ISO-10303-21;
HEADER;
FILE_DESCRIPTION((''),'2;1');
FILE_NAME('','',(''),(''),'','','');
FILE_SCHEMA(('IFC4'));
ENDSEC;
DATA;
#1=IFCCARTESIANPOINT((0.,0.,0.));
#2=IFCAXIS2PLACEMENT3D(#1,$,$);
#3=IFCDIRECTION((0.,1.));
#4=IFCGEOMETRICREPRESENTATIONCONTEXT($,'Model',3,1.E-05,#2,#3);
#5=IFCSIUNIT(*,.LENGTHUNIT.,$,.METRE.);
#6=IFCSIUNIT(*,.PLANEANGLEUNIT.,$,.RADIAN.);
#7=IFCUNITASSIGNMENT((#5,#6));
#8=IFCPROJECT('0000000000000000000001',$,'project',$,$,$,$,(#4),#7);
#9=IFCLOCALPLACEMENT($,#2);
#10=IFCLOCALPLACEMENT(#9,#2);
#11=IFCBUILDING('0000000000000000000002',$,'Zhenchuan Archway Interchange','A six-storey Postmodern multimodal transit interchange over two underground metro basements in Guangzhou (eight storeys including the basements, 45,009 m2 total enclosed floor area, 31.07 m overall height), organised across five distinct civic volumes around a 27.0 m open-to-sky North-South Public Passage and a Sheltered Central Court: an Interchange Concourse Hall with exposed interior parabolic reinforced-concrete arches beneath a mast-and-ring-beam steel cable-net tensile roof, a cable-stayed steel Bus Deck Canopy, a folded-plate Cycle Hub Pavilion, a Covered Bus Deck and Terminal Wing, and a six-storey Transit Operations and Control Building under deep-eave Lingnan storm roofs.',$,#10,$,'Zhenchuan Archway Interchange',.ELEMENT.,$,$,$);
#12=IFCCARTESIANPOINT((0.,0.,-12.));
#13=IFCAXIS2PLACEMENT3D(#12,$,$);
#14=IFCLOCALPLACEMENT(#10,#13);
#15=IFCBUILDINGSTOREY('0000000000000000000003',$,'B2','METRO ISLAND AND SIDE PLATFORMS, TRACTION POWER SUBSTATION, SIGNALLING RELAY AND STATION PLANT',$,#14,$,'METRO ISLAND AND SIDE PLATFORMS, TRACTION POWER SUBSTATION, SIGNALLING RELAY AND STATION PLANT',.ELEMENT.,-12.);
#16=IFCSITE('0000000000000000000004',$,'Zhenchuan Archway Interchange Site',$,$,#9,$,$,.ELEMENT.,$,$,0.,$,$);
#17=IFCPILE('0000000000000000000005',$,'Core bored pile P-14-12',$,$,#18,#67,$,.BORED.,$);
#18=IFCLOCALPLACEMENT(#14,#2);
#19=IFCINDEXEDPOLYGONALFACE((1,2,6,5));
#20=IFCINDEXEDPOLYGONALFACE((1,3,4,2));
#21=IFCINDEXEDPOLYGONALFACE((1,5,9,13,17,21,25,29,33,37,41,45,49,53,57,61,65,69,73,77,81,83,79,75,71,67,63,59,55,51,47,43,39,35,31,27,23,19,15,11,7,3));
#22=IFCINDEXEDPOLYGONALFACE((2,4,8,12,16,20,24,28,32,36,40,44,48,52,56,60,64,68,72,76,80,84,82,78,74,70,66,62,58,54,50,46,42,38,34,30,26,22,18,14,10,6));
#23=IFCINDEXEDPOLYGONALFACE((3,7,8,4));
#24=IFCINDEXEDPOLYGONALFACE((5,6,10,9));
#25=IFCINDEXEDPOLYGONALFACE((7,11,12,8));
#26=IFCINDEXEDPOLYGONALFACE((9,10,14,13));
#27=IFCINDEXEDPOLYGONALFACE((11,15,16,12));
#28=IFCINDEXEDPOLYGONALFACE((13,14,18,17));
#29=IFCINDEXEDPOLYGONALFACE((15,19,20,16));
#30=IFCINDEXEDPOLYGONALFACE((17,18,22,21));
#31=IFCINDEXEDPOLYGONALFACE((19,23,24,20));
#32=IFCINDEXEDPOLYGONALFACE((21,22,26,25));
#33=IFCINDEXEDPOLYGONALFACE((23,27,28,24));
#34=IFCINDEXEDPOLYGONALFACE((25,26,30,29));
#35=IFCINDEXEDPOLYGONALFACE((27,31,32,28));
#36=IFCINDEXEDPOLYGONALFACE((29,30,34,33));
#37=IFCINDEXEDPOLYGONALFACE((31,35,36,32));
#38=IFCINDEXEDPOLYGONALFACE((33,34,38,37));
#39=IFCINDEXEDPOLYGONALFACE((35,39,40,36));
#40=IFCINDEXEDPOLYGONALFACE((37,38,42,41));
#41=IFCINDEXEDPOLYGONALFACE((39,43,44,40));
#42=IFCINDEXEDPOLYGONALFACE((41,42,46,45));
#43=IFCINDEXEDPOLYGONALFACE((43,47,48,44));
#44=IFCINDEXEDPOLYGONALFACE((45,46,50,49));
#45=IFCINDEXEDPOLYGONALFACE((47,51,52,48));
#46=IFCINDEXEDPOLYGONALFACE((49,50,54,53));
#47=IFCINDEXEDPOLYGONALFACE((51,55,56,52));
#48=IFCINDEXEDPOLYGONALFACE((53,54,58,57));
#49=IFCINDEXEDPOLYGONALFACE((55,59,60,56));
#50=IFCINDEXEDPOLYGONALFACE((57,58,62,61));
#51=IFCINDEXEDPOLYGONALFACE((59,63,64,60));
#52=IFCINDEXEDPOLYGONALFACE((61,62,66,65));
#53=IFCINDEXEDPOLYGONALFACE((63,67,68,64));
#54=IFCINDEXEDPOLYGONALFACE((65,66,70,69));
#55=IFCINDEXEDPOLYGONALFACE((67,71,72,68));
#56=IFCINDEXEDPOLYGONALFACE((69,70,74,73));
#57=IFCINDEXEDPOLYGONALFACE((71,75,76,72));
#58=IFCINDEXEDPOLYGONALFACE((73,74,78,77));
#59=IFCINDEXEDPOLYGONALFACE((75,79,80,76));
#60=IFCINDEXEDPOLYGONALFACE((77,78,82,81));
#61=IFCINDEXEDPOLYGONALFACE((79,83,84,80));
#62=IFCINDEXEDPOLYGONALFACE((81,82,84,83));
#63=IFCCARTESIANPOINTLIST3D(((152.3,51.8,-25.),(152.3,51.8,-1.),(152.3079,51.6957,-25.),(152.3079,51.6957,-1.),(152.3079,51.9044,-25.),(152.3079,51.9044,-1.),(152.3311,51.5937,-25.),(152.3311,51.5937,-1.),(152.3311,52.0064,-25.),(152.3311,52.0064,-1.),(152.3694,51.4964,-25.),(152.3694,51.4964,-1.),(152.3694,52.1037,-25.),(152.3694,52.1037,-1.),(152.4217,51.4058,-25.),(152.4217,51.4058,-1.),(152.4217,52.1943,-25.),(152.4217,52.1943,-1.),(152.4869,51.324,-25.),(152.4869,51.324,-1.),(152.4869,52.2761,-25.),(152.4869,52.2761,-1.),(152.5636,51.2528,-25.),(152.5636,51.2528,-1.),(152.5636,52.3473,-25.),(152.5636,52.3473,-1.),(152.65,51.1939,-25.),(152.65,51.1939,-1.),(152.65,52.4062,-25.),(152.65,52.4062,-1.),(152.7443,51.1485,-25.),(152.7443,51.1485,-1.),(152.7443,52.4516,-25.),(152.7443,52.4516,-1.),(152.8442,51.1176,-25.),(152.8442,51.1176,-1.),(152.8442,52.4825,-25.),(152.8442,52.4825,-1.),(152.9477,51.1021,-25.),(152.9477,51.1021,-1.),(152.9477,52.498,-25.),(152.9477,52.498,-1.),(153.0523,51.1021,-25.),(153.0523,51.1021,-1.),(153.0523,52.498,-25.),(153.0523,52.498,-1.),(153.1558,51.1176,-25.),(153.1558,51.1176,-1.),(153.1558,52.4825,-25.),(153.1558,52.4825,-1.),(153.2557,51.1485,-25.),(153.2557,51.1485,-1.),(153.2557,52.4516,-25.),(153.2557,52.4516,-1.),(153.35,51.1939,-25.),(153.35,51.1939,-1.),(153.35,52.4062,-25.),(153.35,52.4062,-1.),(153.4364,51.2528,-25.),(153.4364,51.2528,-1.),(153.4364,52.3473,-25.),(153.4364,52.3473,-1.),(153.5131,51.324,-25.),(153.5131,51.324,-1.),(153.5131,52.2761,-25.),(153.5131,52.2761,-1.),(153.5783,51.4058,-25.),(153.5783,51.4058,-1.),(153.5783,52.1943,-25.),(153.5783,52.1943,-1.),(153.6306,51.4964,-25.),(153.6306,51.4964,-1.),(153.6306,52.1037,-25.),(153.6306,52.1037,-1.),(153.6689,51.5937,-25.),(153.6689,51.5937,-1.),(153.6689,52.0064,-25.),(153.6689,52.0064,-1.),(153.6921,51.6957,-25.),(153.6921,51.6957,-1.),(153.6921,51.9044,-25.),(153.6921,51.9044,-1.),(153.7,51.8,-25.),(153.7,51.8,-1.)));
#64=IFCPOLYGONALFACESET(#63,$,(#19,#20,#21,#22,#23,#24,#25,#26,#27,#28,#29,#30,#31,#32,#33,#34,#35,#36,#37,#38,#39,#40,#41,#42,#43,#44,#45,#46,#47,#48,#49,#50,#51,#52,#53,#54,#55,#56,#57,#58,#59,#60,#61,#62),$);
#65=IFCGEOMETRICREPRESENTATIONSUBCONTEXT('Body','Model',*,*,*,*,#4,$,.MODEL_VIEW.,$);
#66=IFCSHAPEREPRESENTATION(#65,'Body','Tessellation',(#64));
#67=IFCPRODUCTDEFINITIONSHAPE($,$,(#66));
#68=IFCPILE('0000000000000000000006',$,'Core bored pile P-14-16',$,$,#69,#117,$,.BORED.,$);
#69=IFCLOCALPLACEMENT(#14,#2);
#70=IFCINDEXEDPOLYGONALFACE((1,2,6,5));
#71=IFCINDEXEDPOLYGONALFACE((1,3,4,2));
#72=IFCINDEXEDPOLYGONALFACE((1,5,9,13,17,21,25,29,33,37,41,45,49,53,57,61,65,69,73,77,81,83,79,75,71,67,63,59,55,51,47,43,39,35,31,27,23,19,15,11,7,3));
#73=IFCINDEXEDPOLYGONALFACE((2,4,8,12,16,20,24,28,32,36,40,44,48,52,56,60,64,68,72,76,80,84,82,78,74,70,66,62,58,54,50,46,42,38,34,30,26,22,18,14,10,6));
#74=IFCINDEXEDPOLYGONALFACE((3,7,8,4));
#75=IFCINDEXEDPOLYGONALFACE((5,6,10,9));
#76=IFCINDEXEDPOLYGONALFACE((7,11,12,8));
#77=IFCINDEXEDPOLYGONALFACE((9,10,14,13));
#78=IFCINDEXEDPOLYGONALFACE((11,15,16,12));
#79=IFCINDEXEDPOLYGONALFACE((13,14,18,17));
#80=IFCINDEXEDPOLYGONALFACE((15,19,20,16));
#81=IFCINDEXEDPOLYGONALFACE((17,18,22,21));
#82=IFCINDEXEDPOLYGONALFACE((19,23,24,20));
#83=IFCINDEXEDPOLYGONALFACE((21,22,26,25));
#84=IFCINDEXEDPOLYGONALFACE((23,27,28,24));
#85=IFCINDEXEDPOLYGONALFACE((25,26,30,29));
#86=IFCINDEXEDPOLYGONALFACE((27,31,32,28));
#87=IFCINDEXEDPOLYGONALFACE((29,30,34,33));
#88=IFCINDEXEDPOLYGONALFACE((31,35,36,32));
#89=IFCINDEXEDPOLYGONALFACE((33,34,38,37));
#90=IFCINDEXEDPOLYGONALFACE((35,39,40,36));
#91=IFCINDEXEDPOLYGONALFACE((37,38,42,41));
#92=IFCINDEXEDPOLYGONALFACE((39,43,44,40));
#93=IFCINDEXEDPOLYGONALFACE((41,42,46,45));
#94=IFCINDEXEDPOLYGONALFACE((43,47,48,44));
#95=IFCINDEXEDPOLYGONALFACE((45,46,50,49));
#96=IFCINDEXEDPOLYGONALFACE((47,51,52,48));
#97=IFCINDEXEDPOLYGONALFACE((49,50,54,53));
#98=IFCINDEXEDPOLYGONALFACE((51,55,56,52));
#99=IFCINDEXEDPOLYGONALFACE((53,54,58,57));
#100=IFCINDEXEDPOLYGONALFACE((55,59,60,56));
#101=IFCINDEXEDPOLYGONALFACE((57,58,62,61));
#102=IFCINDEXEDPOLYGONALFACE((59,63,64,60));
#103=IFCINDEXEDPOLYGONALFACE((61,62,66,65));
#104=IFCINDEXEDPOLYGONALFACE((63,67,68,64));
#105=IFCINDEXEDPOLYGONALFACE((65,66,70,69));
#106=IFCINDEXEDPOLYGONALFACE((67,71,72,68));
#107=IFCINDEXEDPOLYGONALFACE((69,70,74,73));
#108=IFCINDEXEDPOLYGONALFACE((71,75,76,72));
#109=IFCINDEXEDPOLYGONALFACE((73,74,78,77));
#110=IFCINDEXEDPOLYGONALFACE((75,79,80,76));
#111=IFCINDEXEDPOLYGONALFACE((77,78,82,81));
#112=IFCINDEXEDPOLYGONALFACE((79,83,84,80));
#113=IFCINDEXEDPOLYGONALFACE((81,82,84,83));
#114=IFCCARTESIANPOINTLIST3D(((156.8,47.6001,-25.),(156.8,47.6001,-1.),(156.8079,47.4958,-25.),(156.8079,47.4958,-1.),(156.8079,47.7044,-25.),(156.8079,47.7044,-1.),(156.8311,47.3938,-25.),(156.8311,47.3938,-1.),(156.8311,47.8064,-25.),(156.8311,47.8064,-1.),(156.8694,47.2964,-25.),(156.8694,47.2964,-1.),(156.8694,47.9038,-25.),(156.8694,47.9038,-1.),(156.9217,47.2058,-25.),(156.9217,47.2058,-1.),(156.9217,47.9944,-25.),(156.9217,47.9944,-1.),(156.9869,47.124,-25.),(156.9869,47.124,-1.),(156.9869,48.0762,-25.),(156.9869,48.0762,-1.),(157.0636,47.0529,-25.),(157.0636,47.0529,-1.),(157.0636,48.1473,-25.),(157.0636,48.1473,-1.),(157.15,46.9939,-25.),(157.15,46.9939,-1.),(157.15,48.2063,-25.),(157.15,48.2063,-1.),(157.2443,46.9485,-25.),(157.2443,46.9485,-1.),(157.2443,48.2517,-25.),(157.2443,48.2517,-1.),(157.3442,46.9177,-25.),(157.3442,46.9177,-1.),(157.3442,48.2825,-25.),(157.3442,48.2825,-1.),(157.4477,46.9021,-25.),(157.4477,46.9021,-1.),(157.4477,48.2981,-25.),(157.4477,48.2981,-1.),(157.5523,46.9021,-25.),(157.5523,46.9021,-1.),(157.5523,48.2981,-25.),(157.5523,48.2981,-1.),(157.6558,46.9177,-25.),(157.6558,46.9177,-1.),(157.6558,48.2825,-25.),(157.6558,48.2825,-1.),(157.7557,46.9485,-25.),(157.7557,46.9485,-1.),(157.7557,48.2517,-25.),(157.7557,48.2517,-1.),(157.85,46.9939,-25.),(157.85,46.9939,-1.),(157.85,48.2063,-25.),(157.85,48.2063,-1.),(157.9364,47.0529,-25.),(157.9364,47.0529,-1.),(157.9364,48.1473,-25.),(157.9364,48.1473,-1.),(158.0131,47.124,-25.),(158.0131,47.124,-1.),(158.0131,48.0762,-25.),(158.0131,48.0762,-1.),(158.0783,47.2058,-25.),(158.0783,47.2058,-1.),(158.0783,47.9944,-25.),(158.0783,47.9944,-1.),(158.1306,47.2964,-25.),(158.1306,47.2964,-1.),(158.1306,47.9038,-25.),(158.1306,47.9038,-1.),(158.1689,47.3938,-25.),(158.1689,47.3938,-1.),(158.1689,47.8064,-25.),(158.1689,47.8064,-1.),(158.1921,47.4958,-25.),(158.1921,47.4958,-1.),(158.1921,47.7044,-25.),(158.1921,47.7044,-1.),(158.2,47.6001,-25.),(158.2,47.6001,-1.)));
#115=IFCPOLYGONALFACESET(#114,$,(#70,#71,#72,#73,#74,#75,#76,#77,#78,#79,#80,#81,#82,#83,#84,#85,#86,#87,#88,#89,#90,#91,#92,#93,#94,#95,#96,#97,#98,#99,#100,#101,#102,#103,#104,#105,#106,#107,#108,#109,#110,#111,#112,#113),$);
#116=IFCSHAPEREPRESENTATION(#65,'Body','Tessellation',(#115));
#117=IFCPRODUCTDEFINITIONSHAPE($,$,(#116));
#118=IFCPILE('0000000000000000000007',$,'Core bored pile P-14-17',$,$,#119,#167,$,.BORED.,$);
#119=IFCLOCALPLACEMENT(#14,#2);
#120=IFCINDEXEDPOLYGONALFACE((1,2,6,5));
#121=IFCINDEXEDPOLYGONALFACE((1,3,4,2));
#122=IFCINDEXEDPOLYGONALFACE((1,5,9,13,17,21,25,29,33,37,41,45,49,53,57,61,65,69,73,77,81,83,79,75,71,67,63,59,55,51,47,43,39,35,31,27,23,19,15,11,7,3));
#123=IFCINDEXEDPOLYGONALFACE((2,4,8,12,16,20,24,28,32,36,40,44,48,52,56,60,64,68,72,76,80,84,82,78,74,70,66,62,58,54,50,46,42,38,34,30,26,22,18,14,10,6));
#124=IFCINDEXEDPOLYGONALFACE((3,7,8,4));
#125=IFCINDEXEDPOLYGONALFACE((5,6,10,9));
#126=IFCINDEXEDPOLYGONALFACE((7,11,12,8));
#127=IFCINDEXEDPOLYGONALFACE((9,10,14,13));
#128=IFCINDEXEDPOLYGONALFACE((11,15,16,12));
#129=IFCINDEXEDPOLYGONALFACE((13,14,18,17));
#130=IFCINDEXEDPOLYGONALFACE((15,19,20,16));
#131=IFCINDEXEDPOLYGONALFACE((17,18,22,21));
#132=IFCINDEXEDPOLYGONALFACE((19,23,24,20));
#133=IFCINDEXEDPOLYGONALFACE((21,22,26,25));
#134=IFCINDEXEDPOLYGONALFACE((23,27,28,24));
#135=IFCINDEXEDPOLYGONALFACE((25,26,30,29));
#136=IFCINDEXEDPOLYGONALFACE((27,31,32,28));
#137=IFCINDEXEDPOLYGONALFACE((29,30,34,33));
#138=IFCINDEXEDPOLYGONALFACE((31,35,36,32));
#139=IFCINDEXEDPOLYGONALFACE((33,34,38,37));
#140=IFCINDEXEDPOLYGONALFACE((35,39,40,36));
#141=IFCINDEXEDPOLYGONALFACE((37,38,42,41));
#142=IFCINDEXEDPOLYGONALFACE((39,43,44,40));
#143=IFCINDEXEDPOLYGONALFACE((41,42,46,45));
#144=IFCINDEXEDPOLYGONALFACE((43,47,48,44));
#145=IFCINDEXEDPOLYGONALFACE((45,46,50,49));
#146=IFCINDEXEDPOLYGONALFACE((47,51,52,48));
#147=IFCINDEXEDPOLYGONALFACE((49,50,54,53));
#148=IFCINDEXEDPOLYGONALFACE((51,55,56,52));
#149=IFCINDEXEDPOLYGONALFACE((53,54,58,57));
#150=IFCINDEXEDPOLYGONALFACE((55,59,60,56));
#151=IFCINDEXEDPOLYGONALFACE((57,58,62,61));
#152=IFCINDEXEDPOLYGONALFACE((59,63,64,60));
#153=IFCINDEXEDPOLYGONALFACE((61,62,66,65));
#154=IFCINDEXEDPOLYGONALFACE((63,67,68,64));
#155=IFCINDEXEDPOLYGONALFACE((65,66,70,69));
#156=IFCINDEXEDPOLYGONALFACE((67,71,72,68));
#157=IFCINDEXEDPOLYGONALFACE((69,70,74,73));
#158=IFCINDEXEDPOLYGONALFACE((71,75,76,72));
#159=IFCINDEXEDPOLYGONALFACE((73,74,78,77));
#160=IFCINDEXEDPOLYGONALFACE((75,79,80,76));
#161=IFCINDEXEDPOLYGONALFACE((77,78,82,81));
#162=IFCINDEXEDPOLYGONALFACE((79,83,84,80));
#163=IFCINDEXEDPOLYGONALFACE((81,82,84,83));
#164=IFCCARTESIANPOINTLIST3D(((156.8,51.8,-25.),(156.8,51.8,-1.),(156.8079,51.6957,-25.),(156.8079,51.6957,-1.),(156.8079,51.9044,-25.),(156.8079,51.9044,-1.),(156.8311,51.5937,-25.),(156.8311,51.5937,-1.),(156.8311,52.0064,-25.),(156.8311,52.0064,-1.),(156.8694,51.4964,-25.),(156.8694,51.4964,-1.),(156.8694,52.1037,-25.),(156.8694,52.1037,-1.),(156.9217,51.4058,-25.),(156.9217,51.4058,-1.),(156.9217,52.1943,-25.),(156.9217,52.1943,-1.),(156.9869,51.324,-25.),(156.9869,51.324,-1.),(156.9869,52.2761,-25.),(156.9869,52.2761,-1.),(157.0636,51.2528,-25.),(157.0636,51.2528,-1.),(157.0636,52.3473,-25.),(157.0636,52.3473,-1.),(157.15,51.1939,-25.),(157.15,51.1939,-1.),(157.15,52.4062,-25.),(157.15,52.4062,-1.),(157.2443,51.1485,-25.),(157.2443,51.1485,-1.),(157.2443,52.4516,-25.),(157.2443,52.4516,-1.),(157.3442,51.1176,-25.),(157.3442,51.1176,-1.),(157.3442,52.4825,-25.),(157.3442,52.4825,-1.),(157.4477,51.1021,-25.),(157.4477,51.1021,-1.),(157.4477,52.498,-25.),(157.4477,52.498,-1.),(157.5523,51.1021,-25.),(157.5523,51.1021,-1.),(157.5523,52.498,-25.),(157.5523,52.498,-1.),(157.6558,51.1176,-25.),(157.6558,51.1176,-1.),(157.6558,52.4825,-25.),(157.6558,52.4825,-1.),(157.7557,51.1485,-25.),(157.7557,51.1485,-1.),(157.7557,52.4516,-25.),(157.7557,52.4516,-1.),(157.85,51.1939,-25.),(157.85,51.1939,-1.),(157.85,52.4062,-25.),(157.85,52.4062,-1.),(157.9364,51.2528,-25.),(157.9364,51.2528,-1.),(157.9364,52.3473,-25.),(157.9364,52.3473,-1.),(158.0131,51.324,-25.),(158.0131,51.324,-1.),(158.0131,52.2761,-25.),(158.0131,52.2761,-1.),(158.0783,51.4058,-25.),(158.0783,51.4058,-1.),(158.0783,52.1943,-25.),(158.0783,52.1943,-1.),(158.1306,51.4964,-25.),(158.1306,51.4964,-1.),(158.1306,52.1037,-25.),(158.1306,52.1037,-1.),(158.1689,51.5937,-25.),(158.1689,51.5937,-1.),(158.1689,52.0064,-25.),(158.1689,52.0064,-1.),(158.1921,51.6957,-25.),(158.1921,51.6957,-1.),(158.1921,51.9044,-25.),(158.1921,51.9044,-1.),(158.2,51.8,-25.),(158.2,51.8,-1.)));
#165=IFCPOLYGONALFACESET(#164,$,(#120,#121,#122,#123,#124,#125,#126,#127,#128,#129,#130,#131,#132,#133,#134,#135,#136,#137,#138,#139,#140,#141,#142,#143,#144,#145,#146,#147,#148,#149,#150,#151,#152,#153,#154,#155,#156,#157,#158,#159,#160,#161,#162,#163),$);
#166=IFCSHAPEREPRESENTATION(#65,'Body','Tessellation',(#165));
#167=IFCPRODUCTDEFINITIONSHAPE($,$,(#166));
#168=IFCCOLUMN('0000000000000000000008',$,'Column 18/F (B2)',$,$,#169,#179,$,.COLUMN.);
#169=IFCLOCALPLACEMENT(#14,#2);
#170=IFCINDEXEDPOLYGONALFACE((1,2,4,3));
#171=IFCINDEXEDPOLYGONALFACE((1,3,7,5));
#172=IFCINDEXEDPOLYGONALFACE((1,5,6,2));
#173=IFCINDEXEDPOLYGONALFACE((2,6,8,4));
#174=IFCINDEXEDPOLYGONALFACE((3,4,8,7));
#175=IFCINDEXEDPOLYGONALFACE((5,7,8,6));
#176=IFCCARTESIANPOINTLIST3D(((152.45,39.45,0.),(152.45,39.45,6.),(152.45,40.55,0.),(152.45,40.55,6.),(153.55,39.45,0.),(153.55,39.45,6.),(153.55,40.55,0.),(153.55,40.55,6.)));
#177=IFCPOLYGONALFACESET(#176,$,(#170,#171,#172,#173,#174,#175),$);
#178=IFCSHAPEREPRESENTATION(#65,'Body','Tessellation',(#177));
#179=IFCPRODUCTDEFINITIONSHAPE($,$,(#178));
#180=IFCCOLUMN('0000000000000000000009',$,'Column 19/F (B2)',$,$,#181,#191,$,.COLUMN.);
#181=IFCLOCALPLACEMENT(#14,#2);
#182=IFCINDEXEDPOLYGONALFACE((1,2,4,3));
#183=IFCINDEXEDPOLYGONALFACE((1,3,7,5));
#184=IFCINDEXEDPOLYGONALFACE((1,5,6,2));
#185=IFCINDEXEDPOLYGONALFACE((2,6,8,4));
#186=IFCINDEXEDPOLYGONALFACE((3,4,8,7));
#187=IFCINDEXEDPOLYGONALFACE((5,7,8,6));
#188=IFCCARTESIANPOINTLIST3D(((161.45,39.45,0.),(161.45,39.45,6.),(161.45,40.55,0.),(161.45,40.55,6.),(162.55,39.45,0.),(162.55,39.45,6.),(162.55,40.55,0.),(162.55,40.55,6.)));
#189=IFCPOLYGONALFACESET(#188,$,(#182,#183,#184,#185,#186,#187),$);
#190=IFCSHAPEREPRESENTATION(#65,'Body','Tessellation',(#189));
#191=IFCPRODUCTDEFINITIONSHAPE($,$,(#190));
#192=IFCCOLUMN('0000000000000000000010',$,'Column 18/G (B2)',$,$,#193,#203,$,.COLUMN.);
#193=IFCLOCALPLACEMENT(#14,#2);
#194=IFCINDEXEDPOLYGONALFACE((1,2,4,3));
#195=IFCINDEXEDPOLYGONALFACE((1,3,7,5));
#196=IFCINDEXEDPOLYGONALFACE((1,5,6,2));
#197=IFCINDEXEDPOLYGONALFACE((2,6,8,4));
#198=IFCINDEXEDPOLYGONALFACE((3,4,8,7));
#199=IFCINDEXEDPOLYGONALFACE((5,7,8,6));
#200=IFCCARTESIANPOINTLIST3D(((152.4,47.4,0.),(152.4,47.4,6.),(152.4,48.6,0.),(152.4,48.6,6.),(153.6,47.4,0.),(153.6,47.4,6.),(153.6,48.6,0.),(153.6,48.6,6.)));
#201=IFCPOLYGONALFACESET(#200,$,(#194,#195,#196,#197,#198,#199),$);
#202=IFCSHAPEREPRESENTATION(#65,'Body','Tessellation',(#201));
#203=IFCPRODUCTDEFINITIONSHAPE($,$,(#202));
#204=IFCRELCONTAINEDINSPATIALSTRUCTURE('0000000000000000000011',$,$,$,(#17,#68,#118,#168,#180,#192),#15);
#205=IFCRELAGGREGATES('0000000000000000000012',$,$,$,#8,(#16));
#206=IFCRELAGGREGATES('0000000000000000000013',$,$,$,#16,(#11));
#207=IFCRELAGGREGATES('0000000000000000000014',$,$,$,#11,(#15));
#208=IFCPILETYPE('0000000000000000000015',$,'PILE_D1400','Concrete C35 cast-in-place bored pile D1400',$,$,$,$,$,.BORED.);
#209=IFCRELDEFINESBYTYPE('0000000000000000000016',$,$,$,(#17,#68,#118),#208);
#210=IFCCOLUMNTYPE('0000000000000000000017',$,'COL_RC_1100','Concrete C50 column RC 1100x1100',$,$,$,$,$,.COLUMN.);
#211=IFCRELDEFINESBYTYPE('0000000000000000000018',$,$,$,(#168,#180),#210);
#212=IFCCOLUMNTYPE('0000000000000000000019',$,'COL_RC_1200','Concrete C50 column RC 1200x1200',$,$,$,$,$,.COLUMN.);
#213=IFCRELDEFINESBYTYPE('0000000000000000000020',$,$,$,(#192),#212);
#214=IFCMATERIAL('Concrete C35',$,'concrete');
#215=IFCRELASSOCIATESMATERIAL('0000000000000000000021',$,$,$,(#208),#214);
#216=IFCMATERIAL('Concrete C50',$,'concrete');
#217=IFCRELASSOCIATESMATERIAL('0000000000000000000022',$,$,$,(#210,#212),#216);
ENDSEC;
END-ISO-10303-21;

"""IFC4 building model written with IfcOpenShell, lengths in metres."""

from ifc_helpers import new_model, si_unit, direction, frame, origin, origin_2d, place, context, subcontext, project, spatial, rectangle, circle, extrude, material, material_profile, profile_set, type_object, element, save


model = new_model("IFC4")

# Units and contexts
model_context = context("Model", 3, precision=1e-05, world=origin(), true_north=direction((0.0, 1.0)))
body_context = subcontext(model_context, "Body", "Model", "MODEL_VIEW")
ifc_project = project(units=[si_unit("LENGTHUNIT", "METRE"), si_unit("PLANEANGLEUNIT", "RADIAN")], contexts=[model_context])

# Site, building, storey
site_placement = place(None, origin())
site = spatial("IfcSite", under=ifc_project, at=site_placement, Name="Zhenchuan Archway Interchange Site", CompositionType="ELEMENT", RefElevation=0.0)
building_placement = place(site_placement, origin())
building = spatial("IfcBuilding", under=site, at=building_placement, Name="Zhenchuan Archway Interchange", Description="A six-storey Postmodern multimodal transit interchange over two underground metro basements in Guangzhou (eight storeys including the basements, 45,009 m2 total enclosed floor area, 31.07 m overall height), organised across five distinct civic volumes around a 27.0 m open-to-sky North-South Public Passage and a Sheltered Central Court: an Interchange Concourse Hall with exposed interior parabolic reinforced-concrete arches beneath a mast-and-ring-beam steel cable-net tensile roof, a cable-stayed steel Bus Deck Canopy, a folded-plate Cycle Hub Pavilion, a Covered Bus Deck and Terminal Wing, and a six-storey Transit Operations and Control Building under deep-eave Lingnan storm roofs.", LongName="Zhenchuan Archway Interchange", CompositionType="ELEMENT")
storey_placement = place(building_placement, frame((0.0, 0.0, -12.0)))
storey = spatial("IfcBuildingStorey", under=building, at=storey_placement, Name="B2", Description="METRO ISLAND AND SIDE PLATFORMS, TRACTION POWER SUBSTATION, SIGNALLING RELAY AND STATION PLANT", LongName="METRO ISLAND AND SIDE PLATFORMS, TRACTION POWER SUBSTATION, SIGNALLING RELAY AND STATION PLANT", CompositionType="ELEMENT", Elevation=-12.0)

# Piles
ifc_material_1 = material(Name="Concrete C35", Category="concrete")
ifc_material_profile_1 = material_profile(ifc_material_1, circle(Radius=0.7, at=origin_2d()), Name="BORED PILE 1400")
ifc_profile_set_1 = profile_set([ifc_material_profile_1], Name="Concrete C35")
pile_type_1 = type_object("IfcPileType", Name="PILE_D1400", Description="Concrete C35 cast-in-place bored pile D1400", PredefinedType="BORED", material=ifc_profile_set_1)
for number, where, z_axis, x_axis, name in (
    (1, (153.0, 51.8, -1.0), (0.0, 0.0, -1.0), (1.0, 0.0, 0.0), "Core bored pile P-14-12"),
    (2, (157.5, 47.6001, -1.0), (0.0, 0.0, -1.0), (1.0, 0.0, 0.0), "Core bored pile P-14-16"),
    (3, (157.5, 51.8, -1.0), (0.0, 0.0, -1.0), (1.0, 0.0, 0.0), "Core bored pile P-14-17"),
):
    element("IfcPile", number, at=place(storey_placement, frame(where, z_axis=z_axis, x_axis=x_axis)), inside=storey, type_object=pile_type_1, Name=name, PredefinedType="BORED", context=body_context, shape_type="SweptSolid", body=[
        extrude(circle(Radius=0.7, at=origin_2d()), origin(), (0.0, 0.0, 1.0), 24.0),
    ])

# Columns
ifc_material_2 = material(Name="Concrete C50", Category="concrete")
ifc_material_profile_2 = material_profile(ifc_material_2, rectangle(XDim=1.1001, YDim=1.1001, at=origin_2d()), Name="RC 1100x1100")
ifc_profile_set_2 = profile_set([ifc_material_profile_2], Name="Concrete C50")
column_type_1 = type_object("IfcColumnType", Name="COL_RC_1100", Description="Concrete C50 column RC 1100x1100", PredefinedType="COLUMN", material=ifc_profile_set_2)
for number, where, z_axis, x_axis, name in (
    (4, (153.0, 40.0, 0.0), (0.0, 0.0, 1.0), (1.0, 0.0, 0.0), "Column 18/F (B2)"),
    (5, (162.0, 40.0, 0.0), (0.0, 0.0, 1.0), (1.0, 0.0, 0.0), "Column 19/F (B2)"),
):
    element("IfcColumn", number, at=place(storey_placement, frame(where, z_axis=z_axis, x_axis=x_axis)), inside=storey, type_object=column_type_1, Name=name, PredefinedType="COLUMN", context=body_context, shape_type="SweptSolid", body=[
        extrude(rectangle(XDim=1.1001, YDim=1.1001, at=origin_2d()), origin(), (0.0, 0.0, 1.0), 6.0),
    ])
ifc_material_profile_3 = material_profile(ifc_material_2, rectangle(XDim=1.2, YDim=1.2, at=origin_2d()), Name="RC 1200x1200")
ifc_profile_set_3 = profile_set([ifc_material_profile_3], Name="Concrete C50")
column_type_2 = type_object("IfcColumnType", Name="COL_RC_1200", Description="Concrete C50 column RC 1200x1200", PredefinedType="COLUMN", material=ifc_profile_set_3)
column_placement = place(storey_placement, frame((153.0, 48.0, 0.0), z_axis=(0.0, 0.0, 1.0), x_axis=(1.0, 0.0, 0.0)))
element("IfcColumn", 6, at=column_placement, inside=storey, type_object=column_type_2, Name="Column 18/G (B2)", PredefinedType="COLUMN", context=body_context, shape_type="SweptSolid", body=[
    extrude(rectangle(XDim=1.2, YDim=1.2, at=origin_2d()), origin(), (0.0, 0.0, 1.0), 6.0),
])

save(model, "model.ifc")
